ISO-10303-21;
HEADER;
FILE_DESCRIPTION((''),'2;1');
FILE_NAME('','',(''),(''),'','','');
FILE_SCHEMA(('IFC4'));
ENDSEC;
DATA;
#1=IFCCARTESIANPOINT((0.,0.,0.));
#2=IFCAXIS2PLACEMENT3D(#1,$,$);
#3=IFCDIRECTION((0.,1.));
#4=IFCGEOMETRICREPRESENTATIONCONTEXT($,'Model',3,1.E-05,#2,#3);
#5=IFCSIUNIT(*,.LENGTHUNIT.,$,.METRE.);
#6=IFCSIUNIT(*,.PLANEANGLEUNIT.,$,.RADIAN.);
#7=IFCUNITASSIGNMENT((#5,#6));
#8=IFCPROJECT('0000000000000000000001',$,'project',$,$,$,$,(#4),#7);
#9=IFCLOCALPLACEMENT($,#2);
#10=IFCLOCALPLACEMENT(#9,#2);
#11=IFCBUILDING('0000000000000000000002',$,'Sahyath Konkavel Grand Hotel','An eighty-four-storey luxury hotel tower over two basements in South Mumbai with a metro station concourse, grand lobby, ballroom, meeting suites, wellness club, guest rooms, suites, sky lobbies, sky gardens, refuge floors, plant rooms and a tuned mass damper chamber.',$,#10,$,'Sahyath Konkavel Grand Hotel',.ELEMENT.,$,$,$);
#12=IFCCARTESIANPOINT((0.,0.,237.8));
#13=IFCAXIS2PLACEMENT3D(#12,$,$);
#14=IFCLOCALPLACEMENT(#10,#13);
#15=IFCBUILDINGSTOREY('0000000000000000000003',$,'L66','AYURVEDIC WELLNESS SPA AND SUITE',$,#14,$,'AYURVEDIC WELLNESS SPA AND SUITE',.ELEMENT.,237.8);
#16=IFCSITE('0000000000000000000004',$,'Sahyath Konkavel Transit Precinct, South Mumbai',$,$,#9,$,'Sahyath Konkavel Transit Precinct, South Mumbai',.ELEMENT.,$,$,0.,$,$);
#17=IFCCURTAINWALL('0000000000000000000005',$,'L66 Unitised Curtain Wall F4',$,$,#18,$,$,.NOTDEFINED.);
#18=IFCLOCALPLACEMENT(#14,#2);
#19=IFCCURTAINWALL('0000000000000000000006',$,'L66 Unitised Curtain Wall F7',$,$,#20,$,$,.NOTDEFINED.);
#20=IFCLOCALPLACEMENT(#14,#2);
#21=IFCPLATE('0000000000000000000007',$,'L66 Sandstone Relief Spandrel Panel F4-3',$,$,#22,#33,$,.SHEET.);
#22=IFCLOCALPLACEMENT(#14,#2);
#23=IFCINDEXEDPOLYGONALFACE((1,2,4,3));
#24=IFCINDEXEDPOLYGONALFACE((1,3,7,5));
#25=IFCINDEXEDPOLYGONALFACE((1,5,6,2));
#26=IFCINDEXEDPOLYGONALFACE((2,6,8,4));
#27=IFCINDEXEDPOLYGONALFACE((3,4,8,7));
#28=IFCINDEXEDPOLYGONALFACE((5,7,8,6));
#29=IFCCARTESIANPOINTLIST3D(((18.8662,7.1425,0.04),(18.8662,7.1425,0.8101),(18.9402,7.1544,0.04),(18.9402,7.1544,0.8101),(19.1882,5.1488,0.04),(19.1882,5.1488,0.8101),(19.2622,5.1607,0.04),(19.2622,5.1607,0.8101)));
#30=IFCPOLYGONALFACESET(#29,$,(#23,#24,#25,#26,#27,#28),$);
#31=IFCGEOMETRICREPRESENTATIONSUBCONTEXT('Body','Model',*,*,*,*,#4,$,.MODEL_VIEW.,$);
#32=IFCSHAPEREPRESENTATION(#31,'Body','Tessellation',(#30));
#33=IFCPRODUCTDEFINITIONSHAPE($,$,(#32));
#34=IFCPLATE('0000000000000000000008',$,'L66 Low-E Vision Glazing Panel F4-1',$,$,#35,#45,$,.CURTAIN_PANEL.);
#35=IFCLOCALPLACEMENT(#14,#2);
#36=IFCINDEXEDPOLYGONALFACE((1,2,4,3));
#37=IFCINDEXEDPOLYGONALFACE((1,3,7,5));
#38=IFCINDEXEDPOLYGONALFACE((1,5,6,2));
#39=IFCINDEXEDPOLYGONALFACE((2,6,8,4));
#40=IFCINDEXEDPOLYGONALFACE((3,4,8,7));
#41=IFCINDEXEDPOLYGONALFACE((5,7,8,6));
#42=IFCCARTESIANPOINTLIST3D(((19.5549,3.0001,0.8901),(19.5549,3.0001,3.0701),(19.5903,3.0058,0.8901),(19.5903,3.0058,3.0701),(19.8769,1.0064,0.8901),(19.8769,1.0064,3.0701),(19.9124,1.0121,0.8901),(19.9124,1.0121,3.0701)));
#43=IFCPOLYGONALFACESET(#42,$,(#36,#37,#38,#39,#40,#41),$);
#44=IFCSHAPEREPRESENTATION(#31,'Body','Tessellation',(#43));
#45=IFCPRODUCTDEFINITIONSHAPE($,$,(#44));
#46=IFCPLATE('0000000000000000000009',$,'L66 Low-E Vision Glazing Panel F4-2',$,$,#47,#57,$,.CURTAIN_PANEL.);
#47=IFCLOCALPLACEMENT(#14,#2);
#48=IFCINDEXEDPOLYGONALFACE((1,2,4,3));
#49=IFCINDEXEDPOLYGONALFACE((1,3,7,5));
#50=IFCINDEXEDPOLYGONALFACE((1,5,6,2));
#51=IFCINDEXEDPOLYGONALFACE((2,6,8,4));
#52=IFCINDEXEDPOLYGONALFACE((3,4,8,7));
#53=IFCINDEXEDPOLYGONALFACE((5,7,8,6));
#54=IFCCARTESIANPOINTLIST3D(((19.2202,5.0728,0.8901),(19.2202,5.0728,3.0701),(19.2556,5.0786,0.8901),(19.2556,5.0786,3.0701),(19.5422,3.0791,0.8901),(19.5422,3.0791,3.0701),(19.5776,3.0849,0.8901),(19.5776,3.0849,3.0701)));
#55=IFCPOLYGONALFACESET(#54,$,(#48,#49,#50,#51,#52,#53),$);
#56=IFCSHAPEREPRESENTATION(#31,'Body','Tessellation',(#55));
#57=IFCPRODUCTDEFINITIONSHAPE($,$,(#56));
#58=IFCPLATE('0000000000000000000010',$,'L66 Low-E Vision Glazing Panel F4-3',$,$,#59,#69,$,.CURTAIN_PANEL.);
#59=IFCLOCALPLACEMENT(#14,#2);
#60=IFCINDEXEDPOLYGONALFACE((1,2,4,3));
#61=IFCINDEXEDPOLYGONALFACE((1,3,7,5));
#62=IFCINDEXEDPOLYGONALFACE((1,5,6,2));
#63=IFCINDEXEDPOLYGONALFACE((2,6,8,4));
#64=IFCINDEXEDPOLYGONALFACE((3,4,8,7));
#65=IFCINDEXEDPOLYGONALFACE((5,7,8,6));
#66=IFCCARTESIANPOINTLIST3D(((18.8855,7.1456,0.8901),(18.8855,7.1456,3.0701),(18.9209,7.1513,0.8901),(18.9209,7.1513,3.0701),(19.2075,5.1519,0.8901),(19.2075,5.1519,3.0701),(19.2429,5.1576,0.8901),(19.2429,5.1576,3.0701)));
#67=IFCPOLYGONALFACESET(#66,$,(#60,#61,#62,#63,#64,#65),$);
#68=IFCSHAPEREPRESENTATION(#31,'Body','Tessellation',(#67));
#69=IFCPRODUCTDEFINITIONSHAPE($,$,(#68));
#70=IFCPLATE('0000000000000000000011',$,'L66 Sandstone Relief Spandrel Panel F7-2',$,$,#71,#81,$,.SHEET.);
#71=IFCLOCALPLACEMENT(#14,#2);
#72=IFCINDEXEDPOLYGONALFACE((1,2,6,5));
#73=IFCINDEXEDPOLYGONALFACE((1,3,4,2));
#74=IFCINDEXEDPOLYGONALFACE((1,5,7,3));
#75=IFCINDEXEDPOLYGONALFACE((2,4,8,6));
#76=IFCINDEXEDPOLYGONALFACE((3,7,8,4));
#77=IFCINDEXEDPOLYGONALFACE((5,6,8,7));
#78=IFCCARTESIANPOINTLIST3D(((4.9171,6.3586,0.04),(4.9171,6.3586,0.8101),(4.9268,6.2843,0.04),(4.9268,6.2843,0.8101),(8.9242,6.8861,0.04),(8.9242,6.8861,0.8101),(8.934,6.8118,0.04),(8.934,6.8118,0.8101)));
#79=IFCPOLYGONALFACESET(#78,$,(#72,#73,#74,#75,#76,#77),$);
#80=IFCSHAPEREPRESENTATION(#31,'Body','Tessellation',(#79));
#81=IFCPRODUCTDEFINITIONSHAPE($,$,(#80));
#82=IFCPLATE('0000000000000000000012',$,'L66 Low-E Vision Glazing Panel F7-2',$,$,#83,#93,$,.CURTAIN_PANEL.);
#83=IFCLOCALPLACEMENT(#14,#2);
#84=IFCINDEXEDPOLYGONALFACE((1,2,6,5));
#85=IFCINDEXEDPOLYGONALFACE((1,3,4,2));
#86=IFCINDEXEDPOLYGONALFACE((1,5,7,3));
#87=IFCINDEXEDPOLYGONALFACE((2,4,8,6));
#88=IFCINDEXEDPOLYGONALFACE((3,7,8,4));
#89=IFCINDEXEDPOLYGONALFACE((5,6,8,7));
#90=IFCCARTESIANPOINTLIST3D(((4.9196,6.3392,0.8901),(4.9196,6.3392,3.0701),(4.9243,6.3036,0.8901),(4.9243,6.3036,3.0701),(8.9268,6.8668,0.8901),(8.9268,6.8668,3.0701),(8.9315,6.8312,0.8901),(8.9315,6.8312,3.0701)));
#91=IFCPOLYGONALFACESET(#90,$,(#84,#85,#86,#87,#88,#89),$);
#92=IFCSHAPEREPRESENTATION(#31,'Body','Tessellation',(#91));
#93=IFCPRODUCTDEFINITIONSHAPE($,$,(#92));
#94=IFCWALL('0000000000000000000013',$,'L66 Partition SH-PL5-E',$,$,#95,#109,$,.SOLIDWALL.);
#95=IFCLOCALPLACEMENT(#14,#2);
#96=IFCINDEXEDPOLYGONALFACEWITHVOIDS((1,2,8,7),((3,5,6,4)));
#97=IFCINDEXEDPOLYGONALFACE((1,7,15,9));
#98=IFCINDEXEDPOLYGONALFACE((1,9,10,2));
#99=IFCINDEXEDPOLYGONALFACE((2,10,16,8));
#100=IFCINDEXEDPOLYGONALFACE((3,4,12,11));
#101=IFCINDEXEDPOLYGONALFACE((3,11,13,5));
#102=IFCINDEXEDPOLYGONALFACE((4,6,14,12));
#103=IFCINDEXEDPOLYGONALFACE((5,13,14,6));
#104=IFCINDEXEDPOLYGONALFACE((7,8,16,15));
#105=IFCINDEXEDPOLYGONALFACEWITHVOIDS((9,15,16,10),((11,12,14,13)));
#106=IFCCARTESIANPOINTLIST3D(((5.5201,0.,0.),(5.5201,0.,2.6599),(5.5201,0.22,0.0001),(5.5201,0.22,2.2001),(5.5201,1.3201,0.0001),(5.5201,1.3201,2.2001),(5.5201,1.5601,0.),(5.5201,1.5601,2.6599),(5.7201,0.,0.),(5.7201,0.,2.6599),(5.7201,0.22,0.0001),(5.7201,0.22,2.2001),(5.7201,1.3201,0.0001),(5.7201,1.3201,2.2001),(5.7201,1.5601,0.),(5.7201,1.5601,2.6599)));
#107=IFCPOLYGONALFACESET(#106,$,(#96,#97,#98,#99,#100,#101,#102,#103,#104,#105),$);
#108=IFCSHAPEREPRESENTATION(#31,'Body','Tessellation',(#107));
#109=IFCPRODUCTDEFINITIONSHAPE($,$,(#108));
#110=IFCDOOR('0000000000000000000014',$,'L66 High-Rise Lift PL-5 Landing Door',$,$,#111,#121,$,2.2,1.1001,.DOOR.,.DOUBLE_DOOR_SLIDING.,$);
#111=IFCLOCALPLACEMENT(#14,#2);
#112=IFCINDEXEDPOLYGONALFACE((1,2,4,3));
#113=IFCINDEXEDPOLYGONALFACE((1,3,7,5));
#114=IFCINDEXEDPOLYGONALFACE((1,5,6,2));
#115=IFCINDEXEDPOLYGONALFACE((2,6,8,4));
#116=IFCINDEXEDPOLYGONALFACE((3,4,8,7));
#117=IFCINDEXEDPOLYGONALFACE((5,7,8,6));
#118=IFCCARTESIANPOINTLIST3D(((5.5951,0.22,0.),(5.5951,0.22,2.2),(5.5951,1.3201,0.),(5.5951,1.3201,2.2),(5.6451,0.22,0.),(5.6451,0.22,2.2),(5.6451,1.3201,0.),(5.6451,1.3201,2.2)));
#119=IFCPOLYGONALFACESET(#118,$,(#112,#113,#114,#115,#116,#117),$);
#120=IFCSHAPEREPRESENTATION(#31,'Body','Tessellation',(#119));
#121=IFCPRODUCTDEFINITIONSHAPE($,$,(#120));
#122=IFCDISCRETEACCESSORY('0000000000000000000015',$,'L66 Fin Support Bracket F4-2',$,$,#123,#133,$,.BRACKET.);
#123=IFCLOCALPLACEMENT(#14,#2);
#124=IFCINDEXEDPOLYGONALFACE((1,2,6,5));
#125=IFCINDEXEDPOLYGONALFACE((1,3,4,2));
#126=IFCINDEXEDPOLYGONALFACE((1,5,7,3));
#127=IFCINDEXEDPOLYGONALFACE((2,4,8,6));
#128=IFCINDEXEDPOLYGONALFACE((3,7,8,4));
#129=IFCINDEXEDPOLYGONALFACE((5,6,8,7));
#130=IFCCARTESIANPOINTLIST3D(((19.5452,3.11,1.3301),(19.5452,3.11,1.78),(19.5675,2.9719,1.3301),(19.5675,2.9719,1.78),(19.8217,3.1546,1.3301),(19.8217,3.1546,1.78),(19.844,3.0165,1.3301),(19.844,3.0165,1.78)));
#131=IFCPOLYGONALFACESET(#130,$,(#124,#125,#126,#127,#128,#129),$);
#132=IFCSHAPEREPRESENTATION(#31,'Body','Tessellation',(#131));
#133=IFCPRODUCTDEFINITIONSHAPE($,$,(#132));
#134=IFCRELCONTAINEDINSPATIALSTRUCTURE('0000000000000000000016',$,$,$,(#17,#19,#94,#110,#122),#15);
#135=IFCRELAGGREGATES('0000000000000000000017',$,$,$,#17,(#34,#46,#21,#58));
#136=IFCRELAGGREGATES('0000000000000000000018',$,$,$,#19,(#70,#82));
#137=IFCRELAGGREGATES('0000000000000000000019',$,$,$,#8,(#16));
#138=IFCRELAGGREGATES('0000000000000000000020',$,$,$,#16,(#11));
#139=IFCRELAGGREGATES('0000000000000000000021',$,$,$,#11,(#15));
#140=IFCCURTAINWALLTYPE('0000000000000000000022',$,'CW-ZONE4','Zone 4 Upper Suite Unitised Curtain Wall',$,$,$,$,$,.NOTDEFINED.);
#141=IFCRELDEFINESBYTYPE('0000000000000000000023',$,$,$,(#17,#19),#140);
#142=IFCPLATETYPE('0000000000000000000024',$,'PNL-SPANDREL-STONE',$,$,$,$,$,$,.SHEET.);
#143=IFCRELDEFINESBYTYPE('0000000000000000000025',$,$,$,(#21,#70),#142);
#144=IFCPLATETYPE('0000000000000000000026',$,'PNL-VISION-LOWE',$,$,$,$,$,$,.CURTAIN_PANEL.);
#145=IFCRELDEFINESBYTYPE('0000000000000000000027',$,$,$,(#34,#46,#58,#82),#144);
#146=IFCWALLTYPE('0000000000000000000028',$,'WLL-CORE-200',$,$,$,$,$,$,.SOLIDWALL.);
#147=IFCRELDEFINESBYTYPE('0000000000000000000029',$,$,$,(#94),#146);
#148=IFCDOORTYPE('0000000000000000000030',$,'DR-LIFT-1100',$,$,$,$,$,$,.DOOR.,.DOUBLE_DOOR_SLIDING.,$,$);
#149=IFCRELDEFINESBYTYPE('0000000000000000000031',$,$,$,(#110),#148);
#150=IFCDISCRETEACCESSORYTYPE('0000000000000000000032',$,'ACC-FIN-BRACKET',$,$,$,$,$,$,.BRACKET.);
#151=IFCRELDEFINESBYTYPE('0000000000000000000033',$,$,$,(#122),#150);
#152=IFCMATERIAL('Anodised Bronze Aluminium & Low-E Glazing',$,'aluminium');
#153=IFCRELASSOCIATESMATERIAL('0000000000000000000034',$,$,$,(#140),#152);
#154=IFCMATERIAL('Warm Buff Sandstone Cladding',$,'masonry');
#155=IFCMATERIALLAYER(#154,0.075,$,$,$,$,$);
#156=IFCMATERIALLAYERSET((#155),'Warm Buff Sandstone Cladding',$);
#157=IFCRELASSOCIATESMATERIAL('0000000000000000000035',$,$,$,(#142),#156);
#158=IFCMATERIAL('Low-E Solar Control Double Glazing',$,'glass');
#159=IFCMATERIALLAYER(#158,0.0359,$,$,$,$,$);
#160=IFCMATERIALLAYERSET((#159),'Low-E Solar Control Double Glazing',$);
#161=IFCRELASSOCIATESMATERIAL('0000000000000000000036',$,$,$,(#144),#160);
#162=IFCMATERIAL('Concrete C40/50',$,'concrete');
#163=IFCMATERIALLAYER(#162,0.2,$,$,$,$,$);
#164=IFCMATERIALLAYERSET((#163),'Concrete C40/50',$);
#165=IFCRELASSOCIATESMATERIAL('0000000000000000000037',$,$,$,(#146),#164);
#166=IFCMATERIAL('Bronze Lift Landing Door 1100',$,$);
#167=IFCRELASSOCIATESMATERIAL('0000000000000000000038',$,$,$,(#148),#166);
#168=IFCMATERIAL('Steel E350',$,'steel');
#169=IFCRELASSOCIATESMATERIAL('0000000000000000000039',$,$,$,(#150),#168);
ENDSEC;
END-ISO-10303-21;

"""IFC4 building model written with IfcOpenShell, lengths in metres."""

from ifc_helpers import new_model, si_unit, direction, frame, frame_2d, origin, origin_2d, place, context, subcontext, project, spatial, rectangle, extrude, source, transform, mapped, material, layer, layer_set, type_object, element, fill, aggregate, save


model = new_model("IFC4")

# Units and contexts
model_context = context("Model", 3, precision=1e-05, world=origin(), true_north=direction((0.0, 1.0)))
body_context = subcontext(model_context, "Body", "Model", "MODEL_VIEW")
ifc_project = project(units=[si_unit("LENGTHUNIT", "METRE"), si_unit("PLANEANGLEUNIT", "RADIAN")], contexts=[model_context])

# Site, building, storey
site_placement = place(None, origin())
site = spatial("IfcSite", under=ifc_project, at=site_placement, Name="Sahyath Konkavel Transit Precinct, South Mumbai", LongName="Sahyath Konkavel Transit Precinct, South Mumbai", CompositionType="ELEMENT", RefElevation=0.0)
building_placement = place(site_placement, origin())
building = spatial("IfcBuilding", under=site, at=building_placement, Name="Sahyath Konkavel Grand Hotel", Description="An eighty-four-storey luxury hotel tower over two basements in South Mumbai with a metro station concourse, grand lobby, ballroom, meeting suites, wellness club, guest rooms, suites, sky lobbies, sky gardens, refuge floors, plant rooms and a tuned mass damper chamber.", LongName="Sahyath Konkavel Grand Hotel", CompositionType="ELEMENT")
storey_placement = place(building_placement, frame((0.0, 0.0, 237.8)))
storey = spatial("IfcBuildingStorey", under=building, at=storey_placement, Name="L66", Description="AYURVEDIC WELLNESS SPA AND SUITE", LongName="AYURVEDIC WELLNESS SPA AND SUITE", CompositionType="ELEMENT", Elevation=237.8)

# Shared definitions
ifc_material_1 = material(Name="Concrete C40/50", Category="concrete")

# Shared definitions
ifc_material_2 = material(Name="Steel E350", Category="steel")

# Curtain wall
ifc_material_3 = material(Name="Anodised Bronze Aluminium & Low-E Glazing", Category="aluminium")
curtain_wall_type = type_object("IfcCurtainWallType", Name="CW-ZONE4", Description="Zone 4 Upper Suite Unitised Curtain Wall", PredefinedType="NOTDEFINED", material=ifc_material_3)
curtain_wall_1_placement = place(storey_placement, origin())
curtain_wall_1 = element("IfcCurtainWall", 1, at=curtain_wall_1_placement, inside=storey, type_object=curtain_wall_type, Name="L66 Unitised Curtain Wall F4", PredefinedType="NOTDEFINED")

# Curtain wall
curtain_wall_2_placement = place(storey_placement, origin())
curtain_wall_2 = element("IfcCurtainWall", 2, at=curtain_wall_2_placement, inside=storey, type_object=curtain_wall_type, Name="L66 Unitised Curtain Wall F7", PredefinedType="NOTDEFINED")

# Plates
ifc_material_4 = material(Name="Warm Buff Sandstone Cladding", Category="masonry")
ifc_layer_1 = layer(ifc_material_4, 0.075)
ifc_layer_set_1 = layer_set([ifc_layer_1], Name="Warm Buff Sandstone Cladding")
plate_type_1 = type_object("IfcPlateType", Name="PNL-SPANDREL-STONE", PredefinedType="SHEET", material=ifc_layer_set_1)
shared_shape_1 = source(origin(), body_context, "Body", "SweptSolid", [
    extrude(rectangle(XDim=2.0195, YDim=0.075, at=origin_2d()), origin(), (0.0, 0.0, 1.0), 0.77),
])
plate_1_placement = place(storey_placement, frame((19.0642, 6.1516, 0.04), z_axis=(0.0, 0.0, 1.0), x_axis=(-0.15945, 0.987206, 0.0)))
plate_1 = element("IfcPlate", 3, at=plate_1_placement, type_object=plate_type_1, Name="L66 Sandstone Relief Spandrel Panel F4-3", PredefinedType="SHEET", context=body_context, shape_type="MappedRepresentation", body=[
    mapped(shared_shape_1, transform((0.0, 0.0, 0.0), scale=1.0)),
])
ifc_material_5 = material(Name="Low-E Solar Control Double Glazing", Category="glass")
ifc_layer_2 = layer(ifc_material_5, 0.0359)
ifc_layer_set_2 = layer_set([ifc_layer_2], Name="Low-E Solar Control Double Glazing")
plate_type_2 = type_object("IfcPlateType", Name="PNL-VISION-LOWE", PredefinedType="CURTAIN_PANEL", material=ifc_layer_set_2)
shared_shape_2 = source(origin(), body_context, "Body", "SweptSolid", [
    extrude(rectangle(XDim=2.0195, YDim=0.0359, at=origin_2d()), origin(), (0.0, 0.0, 1.0), 2.1799),
])
plate_2_placement = place(storey_placement, frame((19.7336, 2.0061, 0.8901), z_axis=(0.0, 0.0, 1.0), x_axis=(-0.15945, 0.987206, 0.0)))
plate_2 = element("IfcPlate", 4, at=plate_2_placement, type_object=plate_type_2, Name="L66 Low-E Vision Glazing Panel F4-1", PredefinedType="CURTAIN_PANEL", context=body_context, shape_type="MappedRepresentation", body=[
    mapped(shared_shape_2, transform((0.0, 0.0, 0.0), scale=1.0)),
])
plate_3_placement = place(storey_placement, frame((19.3989, 4.0789, 0.8901), z_axis=(0.0, 0.0, 1.0), x_axis=(-0.15945, 0.987206, 0.0)))
plate_3 = element("IfcPlate", 5, at=plate_3_placement, type_object=plate_type_2, Name="L66 Low-E Vision Glazing Panel F4-2", PredefinedType="CURTAIN_PANEL", context=body_context, shape_type="MappedRepresentation", body=[
    mapped(shared_shape_2, transform((0.0, 0.0, 0.0), scale=1.0)),
])
plate_4_placement = place(storey_placement, frame((19.0642, 6.1516, 0.8901), z_axis=(0.0, 0.0, 1.0), x_axis=(-0.15945, 0.987206, 0.0)))
plate_4 = element("IfcPlate", 6, at=plate_4_placement, type_object=plate_type_2, Name="L66 Low-E Vision Glazing Panel F4-3", PredefinedType="CURTAIN_PANEL", context=body_context, shape_type="MappedRepresentation", body=[
    mapped(shared_shape_2, transform((0.0, 0.0, 0.0), scale=1.0)),
])
aggregate(curtain_wall_1, [plate_2, plate_3, plate_1, plate_4])
shared_shape_3 = source(origin(), body_context, "Body", "SweptSolid", [
    extrude(rectangle(XDim=4.0417, YDim=0.075, at=origin_2d()), origin(), (0.0, 0.0, 1.0), 0.77),
])
plate_5_placement = place(storey_placement, frame((6.9255, 6.5852, 0.04), z_axis=(0.0, 0.0, 1.0), x_axis=(-0.991445, -0.130526, 0.0)))
plate_5 = element("IfcPlate", 7, at=plate_5_placement, type_object=plate_type_1, Name="L66 Sandstone Relief Spandrel Panel F7-2", PredefinedType="SHEET", context=body_context, shape_type="MappedRepresentation", body=[
    mapped(shared_shape_3, transform((0.0, 0.0, 0.0), scale=1.0)),
])
shared_shape_4 = source(origin(), body_context, "Body", "SweptSolid", [
    extrude(rectangle(XDim=4.0417, YDim=0.0359, at=origin_2d()), origin(), (0.0, 0.0, 1.0), 2.1799),
])
plate_6_placement = place(storey_placement, frame((6.9255, 6.5852, 0.8901), z_axis=(0.0, 0.0, 1.0), x_axis=(-0.991445, -0.130526, 0.0)))
plate_6 = element("IfcPlate", 8, at=plate_6_placement, type_object=plate_type_2, Name="L66 Low-E Vision Glazing Panel F7-2", PredefinedType="CURTAIN_PANEL", context=body_context, shape_type="MappedRepresentation", body=[
    mapped(shared_shape_4, transform((0.0, 0.0, 0.0), scale=1.0)),
])
aggregate(curtain_wall_2, [plate_5, plate_6])

# Wall, opening, door
ifc_layer_3 = layer(ifc_material_1, 0.2)
ifc_layer_set_3 = layer_set([ifc_layer_3], Name="Concrete C40/50")
wall_type = type_object("IfcWallType", Name="WLL-CORE-200", PredefinedType="SOLIDWALL", material=ifc_layer_set_3)
wall_placement = place(storey_placement, frame((5.6201, 0.0, 0.0), z_axis=(0.0, 0.0, 1.0), x_axis=(0.0, 1.0, 0.0)))
wall = element("IfcWall", 9, at=wall_placement, inside=storey, type_object=wall_type, Name="L66 Partition SH-PL5-E", PredefinedType="SOLIDWALL", context=body_context, shape_type="SweptSolid", body=[
    extrude(rectangle(XDim=1.5601, YDim=0.2, at=frame_2d((0.78, 0.0))), origin(), (0.0, 0.0, 1.0), 2.6599),
])
opening_placement = place(wall_placement, frame((0.22, 0.0, 0.0)))
opening = element("IfcOpeningElement", 10, at=opening_placement, cuts=wall, PredefinedType="OPENING", context=body_context, shape_type="SweptSolid", body=[
    extrude(rectangle(XDim=1.1001, YDim=2.2, at=frame_2d((0.55, 1.1001))), frame((0.0, 0.1099, 0.0), z_axis=(0.0, -1.0, 0.0), x_axis=(1.0, 0.0, 0.0)), (0.0, 0.0, 1.0), 0.22),
])
ifc_material_6 = material(Name="Bronze Lift Landing Door 1100")
door_type = type_object("IfcDoorType", Name="DR-LIFT-1100", OperationType="DOUBLE_DOOR_SLIDING", PredefinedType="DOOR", material=ifc_material_6)
shared_shape_5 = source(origin(), body_context, "Body", "SweptSolid", [
    extrude(rectangle(XDim=1.1001, YDim=0.05, at=origin_2d()), origin(), (0.0, 0.0, 1.0), 2.2),
])
door_placement = place(opening_placement, frame((0.55, 0.0, 0.0)))
door = element("IfcDoor", 11, at=door_placement, inside=storey, type_object=door_type, Name="L66 High-Rise Lift PL-5 Landing Door", OperationType="DOUBLE_DOOR_SLIDING", OverallHeight=2.2, OverallWidth=1.1001, PredefinedType="DOOR", context=body_context, shape_type="MappedRepresentation", body=[
    mapped(shared_shape_5, transform((0.0, 0.0, 0.0), scale=1.0)),
])
fill(opening, door)

# Discrete accessory
discrete_accessory_type = type_object("IfcDiscreteAccessoryType", Name="ACC-FIN-BRACKET", PredefinedType="BRACKET", material=ifc_material_2)
shared_shape_6 = source(origin(), body_context, "Body", "SweptSolid", [
    extrude(rectangle(XDim=0.28, YDim=0.1399, at=origin_2d()), origin(), (0.0, 0.0, 1.0), 0.45),
])
discrete_accessory_placement = place(storey_placement, frame((19.6946, 3.0632, 1.3301), z_axis=(0.0, 0.0, 1.0), x_axis=(0.987206, 0.15945, 0.0)))
element("IfcDiscreteAccessory", 12, at=discrete_accessory_placement, inside=storey, type_object=discrete_accessory_type, Name="L66 Fin Support Bracket F4-2", PredefinedType="BRACKET", context=body_context, shape_type="MappedRepresentation", body=[
    mapped(shared_shape_6, transform((0.0, 0.0, 0.0), scale=1.0)),
])

save(model, "model.ifc")
